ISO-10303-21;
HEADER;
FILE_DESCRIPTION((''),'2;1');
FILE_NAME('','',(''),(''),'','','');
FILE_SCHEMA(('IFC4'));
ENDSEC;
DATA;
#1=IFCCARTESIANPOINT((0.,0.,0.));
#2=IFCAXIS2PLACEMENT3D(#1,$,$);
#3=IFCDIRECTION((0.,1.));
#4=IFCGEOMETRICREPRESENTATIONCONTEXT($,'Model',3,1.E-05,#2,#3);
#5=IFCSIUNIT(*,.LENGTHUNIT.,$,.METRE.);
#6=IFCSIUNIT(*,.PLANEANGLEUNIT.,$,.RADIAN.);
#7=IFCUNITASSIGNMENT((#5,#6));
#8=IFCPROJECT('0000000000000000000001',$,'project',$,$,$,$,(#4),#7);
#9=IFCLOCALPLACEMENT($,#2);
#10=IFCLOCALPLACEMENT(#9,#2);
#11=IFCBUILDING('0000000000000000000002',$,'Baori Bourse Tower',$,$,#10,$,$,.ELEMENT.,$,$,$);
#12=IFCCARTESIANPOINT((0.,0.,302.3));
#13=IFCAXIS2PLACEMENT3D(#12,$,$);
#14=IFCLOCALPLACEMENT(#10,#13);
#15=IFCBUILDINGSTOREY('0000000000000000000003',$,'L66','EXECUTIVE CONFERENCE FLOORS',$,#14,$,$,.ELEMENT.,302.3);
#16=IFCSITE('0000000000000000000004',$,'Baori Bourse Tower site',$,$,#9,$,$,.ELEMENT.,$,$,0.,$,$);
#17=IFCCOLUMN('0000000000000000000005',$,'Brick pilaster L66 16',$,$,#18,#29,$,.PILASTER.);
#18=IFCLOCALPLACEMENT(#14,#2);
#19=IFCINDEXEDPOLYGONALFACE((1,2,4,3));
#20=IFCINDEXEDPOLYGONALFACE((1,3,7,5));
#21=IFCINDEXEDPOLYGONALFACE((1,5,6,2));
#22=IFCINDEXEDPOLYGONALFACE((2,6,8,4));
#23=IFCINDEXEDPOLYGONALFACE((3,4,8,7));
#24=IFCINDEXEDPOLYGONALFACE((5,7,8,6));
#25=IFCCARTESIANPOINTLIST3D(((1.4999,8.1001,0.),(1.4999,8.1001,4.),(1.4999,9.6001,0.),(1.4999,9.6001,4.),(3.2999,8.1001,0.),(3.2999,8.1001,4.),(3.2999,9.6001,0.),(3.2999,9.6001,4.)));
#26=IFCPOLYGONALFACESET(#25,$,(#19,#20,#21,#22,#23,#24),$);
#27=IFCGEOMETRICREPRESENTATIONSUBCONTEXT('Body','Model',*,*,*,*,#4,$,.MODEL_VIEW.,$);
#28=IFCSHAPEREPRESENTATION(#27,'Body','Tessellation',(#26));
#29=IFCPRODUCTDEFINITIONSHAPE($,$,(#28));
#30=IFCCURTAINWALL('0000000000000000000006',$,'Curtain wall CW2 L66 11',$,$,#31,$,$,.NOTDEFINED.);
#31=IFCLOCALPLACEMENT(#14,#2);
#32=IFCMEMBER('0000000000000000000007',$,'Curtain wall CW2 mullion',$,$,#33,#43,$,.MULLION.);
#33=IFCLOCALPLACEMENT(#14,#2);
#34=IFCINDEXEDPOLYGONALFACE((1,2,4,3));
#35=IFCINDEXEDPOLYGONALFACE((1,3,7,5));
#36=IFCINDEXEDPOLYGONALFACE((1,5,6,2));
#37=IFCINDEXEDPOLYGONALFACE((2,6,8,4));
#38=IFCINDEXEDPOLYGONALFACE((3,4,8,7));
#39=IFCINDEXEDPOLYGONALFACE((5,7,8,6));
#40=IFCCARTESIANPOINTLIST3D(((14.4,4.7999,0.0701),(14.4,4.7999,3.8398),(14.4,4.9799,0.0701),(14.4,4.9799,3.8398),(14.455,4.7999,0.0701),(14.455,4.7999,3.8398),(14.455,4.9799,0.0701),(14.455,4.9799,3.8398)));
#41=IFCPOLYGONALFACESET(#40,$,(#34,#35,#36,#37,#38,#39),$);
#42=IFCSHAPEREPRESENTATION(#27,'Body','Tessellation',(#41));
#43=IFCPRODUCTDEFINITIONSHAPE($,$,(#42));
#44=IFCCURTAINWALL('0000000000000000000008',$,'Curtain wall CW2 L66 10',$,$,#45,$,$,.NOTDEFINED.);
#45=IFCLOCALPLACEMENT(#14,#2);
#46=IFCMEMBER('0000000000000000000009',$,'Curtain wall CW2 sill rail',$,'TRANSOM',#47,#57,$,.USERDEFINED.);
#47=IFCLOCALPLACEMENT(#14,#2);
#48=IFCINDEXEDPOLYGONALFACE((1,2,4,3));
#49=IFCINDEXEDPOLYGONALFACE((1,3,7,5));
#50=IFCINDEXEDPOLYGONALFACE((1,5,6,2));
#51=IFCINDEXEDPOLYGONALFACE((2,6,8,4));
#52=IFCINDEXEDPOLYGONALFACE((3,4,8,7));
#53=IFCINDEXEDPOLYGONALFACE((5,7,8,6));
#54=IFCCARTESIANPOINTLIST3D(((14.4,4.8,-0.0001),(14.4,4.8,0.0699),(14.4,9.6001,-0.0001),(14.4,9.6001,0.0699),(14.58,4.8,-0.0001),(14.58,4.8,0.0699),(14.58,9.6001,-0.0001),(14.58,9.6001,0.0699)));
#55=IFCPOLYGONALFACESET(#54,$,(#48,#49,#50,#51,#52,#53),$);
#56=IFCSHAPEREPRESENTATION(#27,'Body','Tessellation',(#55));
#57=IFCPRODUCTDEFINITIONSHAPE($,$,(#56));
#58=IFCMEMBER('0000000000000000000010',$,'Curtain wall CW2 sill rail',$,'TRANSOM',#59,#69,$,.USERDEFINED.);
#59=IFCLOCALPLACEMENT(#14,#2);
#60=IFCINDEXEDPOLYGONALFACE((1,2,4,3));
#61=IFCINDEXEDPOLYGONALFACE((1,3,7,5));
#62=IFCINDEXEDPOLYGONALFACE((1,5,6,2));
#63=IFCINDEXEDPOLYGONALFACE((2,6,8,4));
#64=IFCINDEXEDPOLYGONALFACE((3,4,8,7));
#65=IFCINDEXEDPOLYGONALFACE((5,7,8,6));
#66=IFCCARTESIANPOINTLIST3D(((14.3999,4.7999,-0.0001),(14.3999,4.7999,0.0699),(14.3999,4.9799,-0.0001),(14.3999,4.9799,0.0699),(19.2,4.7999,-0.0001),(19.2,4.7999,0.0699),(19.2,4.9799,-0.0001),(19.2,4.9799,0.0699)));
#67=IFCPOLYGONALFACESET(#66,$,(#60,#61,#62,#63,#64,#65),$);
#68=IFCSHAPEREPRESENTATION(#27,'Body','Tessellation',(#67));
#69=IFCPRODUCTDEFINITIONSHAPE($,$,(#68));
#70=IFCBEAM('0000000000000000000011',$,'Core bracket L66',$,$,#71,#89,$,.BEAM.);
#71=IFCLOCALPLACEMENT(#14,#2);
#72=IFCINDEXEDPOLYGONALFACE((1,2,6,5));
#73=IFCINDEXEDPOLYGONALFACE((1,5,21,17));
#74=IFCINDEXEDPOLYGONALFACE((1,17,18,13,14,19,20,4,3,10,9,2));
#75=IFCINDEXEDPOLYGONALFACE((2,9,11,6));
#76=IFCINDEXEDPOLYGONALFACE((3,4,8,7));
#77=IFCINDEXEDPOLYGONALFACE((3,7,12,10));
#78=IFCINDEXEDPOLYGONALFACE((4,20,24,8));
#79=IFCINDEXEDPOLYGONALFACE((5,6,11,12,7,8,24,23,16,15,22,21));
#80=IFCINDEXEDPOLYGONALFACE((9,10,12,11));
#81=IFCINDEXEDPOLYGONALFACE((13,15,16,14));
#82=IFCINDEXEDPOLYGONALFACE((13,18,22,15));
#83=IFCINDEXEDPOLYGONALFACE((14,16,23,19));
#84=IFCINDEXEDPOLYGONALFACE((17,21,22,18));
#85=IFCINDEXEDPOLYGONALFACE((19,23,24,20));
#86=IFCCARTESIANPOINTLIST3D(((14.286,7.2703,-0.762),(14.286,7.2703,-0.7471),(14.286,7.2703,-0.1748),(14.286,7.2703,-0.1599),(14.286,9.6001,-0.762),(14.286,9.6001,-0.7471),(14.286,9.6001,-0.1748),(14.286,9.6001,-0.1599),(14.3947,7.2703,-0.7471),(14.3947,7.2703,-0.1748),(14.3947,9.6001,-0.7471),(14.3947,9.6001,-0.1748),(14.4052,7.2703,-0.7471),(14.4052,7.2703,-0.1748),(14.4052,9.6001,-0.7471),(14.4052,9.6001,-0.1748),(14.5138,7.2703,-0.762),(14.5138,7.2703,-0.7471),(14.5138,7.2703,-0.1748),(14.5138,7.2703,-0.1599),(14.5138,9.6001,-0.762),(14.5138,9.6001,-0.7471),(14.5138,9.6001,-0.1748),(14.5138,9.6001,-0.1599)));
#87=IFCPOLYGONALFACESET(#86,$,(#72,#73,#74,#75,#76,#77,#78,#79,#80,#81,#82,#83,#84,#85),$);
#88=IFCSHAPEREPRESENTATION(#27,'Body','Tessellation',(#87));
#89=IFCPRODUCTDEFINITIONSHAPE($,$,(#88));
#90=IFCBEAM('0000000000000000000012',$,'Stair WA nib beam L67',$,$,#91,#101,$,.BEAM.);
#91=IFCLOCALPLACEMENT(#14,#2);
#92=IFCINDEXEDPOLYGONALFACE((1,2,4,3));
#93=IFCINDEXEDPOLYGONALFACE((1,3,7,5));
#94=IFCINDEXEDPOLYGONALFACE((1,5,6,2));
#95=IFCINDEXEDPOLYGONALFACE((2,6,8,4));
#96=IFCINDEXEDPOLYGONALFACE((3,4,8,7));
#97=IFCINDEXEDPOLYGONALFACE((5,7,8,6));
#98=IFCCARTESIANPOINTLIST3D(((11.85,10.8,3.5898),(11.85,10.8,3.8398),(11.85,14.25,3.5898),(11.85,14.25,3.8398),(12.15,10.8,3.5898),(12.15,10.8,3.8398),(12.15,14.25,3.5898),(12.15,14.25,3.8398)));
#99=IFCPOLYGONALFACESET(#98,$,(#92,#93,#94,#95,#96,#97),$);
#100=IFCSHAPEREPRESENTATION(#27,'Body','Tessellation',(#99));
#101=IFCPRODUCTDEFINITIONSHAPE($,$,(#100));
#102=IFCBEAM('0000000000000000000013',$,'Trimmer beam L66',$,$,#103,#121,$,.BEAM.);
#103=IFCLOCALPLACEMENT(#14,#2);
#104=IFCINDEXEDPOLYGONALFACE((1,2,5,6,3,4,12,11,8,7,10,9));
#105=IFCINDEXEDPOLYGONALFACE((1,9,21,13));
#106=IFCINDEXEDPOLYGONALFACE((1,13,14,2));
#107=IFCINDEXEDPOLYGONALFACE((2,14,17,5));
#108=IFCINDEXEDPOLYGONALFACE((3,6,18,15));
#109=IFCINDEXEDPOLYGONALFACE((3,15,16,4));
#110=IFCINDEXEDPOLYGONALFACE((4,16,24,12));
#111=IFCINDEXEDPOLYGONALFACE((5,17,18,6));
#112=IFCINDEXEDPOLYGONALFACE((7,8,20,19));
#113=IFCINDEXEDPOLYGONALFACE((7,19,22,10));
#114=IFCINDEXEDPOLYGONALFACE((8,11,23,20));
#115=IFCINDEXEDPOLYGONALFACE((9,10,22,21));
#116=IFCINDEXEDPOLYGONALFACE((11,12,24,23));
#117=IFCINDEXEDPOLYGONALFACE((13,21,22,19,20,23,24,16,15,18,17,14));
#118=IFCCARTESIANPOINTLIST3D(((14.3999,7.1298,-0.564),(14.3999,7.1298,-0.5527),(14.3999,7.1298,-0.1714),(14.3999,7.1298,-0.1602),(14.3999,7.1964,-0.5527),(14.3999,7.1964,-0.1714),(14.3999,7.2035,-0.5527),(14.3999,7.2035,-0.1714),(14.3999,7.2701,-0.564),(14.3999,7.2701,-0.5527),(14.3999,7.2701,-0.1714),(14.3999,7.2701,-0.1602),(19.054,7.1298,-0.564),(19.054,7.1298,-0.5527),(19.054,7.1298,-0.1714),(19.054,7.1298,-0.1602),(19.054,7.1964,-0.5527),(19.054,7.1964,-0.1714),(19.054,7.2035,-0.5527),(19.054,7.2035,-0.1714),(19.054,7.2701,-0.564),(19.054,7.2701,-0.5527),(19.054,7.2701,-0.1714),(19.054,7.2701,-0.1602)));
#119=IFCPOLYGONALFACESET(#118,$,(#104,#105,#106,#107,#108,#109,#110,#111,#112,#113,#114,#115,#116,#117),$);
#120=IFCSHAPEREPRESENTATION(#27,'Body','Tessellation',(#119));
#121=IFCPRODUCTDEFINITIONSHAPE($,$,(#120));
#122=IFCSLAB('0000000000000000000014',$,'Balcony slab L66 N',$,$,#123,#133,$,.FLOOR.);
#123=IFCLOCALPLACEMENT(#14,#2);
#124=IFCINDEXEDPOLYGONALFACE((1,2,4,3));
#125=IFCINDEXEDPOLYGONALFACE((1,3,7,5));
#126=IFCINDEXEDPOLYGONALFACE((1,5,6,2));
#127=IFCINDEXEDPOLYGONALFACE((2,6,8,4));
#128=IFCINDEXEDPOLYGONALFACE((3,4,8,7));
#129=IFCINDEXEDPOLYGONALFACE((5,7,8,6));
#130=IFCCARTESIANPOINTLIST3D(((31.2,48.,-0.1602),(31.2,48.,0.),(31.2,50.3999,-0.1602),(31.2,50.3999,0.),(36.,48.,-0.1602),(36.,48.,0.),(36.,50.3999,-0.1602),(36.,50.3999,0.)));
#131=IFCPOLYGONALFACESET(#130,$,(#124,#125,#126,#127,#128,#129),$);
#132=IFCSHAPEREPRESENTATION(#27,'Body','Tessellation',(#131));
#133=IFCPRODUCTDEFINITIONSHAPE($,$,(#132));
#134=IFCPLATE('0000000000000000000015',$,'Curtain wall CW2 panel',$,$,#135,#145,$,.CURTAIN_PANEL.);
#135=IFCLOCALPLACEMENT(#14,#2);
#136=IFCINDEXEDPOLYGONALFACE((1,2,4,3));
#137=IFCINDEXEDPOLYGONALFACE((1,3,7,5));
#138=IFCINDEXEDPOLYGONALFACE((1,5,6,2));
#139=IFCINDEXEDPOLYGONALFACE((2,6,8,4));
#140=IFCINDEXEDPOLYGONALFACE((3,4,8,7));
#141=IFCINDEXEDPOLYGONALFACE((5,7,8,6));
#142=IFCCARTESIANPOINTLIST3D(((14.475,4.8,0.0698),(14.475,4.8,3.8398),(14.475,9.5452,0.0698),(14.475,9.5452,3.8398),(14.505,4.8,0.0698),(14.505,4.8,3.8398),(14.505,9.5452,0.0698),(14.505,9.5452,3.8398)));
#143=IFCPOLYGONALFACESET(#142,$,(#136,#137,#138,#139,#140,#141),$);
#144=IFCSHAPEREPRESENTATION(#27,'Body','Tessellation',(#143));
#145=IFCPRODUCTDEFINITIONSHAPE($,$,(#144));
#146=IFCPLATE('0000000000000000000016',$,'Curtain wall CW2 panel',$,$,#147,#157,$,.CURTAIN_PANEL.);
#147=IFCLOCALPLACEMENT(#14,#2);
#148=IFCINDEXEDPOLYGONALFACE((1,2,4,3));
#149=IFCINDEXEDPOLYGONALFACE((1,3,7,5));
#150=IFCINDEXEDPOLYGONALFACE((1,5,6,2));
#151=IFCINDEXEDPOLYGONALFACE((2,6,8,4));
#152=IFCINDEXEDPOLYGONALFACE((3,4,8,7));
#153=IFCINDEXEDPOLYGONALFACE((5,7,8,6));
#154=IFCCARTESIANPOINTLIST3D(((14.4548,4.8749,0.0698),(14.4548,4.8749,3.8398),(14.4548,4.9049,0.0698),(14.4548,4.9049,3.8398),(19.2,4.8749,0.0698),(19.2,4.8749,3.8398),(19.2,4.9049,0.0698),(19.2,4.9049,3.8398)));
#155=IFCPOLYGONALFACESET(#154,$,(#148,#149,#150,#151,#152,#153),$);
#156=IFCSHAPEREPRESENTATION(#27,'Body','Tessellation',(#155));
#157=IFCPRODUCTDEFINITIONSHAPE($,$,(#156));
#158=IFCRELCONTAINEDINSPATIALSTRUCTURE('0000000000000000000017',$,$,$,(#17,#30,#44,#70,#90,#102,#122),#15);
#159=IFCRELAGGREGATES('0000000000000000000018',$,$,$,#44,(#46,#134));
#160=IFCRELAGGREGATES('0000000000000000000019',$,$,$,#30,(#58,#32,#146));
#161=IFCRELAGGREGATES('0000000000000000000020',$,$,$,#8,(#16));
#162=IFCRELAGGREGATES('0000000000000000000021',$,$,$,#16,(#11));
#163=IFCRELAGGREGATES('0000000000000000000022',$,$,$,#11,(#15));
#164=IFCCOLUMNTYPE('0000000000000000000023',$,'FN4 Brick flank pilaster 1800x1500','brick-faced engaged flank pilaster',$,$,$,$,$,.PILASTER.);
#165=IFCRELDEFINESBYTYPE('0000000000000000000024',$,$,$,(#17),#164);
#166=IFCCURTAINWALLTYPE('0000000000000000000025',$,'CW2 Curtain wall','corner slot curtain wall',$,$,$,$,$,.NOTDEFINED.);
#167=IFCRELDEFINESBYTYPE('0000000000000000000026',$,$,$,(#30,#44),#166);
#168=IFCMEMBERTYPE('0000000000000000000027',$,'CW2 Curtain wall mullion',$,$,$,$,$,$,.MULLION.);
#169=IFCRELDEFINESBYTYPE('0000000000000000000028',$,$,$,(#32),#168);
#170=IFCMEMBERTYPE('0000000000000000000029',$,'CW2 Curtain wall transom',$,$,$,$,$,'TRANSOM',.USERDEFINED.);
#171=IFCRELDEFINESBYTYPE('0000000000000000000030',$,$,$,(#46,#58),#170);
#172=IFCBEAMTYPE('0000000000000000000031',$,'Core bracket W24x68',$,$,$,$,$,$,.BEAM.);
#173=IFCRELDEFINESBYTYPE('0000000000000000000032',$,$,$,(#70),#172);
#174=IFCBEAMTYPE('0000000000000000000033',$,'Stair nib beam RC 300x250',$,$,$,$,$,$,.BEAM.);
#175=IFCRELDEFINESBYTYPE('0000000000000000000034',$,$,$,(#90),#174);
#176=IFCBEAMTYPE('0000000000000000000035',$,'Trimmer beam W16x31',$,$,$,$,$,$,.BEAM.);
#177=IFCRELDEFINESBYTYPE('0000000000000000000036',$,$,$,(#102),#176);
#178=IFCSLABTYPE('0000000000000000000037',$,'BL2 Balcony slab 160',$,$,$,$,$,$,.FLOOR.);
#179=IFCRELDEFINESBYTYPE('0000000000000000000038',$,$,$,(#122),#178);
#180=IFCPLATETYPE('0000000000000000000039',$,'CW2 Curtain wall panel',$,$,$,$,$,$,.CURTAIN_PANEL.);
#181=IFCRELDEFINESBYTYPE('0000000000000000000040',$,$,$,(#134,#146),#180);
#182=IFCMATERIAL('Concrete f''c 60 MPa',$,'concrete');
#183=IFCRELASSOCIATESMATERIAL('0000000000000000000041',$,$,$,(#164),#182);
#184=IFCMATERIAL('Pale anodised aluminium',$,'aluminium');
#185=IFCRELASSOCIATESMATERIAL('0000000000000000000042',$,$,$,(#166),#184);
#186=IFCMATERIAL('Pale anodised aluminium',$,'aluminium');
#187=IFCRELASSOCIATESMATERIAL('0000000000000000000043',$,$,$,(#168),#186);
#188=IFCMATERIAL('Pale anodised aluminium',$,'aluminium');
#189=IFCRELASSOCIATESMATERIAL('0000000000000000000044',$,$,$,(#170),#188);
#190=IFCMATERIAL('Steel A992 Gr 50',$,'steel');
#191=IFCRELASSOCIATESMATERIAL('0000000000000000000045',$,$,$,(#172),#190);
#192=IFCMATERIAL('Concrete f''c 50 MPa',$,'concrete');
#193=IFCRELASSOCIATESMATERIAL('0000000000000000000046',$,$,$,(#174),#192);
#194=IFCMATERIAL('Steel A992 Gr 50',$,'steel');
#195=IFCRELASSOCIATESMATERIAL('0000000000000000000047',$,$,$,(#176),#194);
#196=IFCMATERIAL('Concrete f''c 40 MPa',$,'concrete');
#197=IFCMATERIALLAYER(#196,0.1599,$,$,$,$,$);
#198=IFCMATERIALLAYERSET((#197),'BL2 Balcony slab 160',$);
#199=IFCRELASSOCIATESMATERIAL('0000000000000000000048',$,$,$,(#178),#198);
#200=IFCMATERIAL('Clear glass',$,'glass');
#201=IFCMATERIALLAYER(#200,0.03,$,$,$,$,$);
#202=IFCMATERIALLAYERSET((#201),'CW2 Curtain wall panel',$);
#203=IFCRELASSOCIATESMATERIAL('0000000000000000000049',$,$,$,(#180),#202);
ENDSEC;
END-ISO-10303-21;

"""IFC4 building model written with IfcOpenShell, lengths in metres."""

from ifc_helpers import new_model, si_unit, direction, frame, origin, origin_2d, place, context, subcontext, project, spatial, polyline, rectangle, i_section, outline, extrude, material, layer, layer_set, material_profile, profile_set, type_object, element, aggregate, save


model = new_model("IFC4")

# Units and contexts
model_context = context("Model", 3, precision=1e-05, world=origin(), true_north=direction((0.0, 1.0)))
body_context = subcontext(model_context, "Body", "Model", "MODEL_VIEW")
ifc_project = project(units=[si_unit("LENGTHUNIT", "METRE"), si_unit("PLANEANGLEUNIT", "RADIAN")], contexts=[model_context])

# Site, building, storey
site_placement = place(None, origin())
site = spatial("IfcSite", under=ifc_project, at=site_placement, Name="Baori Bourse Tower site", CompositionType="ELEMENT", RefElevation=0.0)
building_placement = place(site_placement, origin())
building = spatial("IfcBuilding", under=site, at=building_placement, Name="Baori Bourse Tower", CompositionType="ELEMENT")
storey_placement = place(building_placement, frame((0.0, 0.0, 302.3)))
storey = spatial("IfcBuildingStorey", under=building, at=storey_placement, Name="L66", Description="EXECUTIVE CONFERENCE FLOORS", CompositionType="ELEMENT", Elevation=302.3)

# Column
ifc_material_1 = material(Name="Concrete f'c 60 MPa", Category="concrete")
ifc_material_profile_1 = material_profile(ifc_material_1, rectangle(XDim=1.8, YDim=1.5, at=origin_2d()), Name="RC 1800x1500")
ifc_profile_set_1 = profile_set([ifc_material_profile_1], Name="Concrete f'c 60 MPa")
column_type = type_object("IfcColumnType", Name="FN4 Brick flank pilaster 1800x1500", Description="brick-faced engaged flank pilaster", PredefinedType="PILASTER", material=ifc_profile_set_1)
column_placement = place(storey_placement, frame((2.3999, 8.8501, 0.0), z_axis=(0.0, 0.0, 1.0), x_axis=(1.0, 0.0, 0.0)))
element("IfcColumn", 1, at=column_placement, inside=storey, type_object=column_type, Name="Brick pilaster L66 16", PredefinedType="PILASTER", context=body_context, shape_type="SweptSolid", body=[
    extrude(rectangle(XDim=1.8, YDim=1.5, at=origin_2d()), origin(), (0.0, 0.0, 1.0), 4.0),
])

# Curtain walls, members
ifc_material_2 = material(Name="Pale anodised aluminium", Category="aluminium")
curtain_wall_type = type_object("IfcCurtainWallType", Name="CW2 Curtain wall", Description="corner slot curtain wall", PredefinedType="NOTDEFINED", material=ifc_material_2)
curtain_wall_1_placement = place(storey_placement, origin())
curtain_wall_1 = element("IfcCurtainWall", 2, at=curtain_wall_1_placement, inside=storey, type_object=curtain_wall_type, Name="Curtain wall CW2 L66 11", PredefinedType="NOTDEFINED")
ifc_material_3 = material(Name="Pale anodised aluminium", Category="aluminium")
ifc_material_profile_2 = material_profile(ifc_material_3, rectangle(XDim=0.1799, YDim=0.0549, at=origin_2d()), Name="Mullion 55x180")
ifc_profile_set_2 = profile_set([ifc_material_profile_2], Name="Pale anodised aluminium")
member_type_1 = type_object("IfcMemberType", Name="CW2 Curtain wall mullion", PredefinedType="MULLION", material=ifc_profile_set_2)
member_1_placement = place(storey_placement, frame((14.4275, 4.8899, 0.0701), z_axis=(0.0, 0.0, 1.0), x_axis=(0.0, 1.0, 0.0)))
member_1 = element("IfcMember", 3, at=member_1_placement, type_object=member_type_1, Name="Curtain wall CW2 mullion", PredefinedType="MULLION", context=body_context, shape_type="SweptSolid", body=[
    extrude(rectangle(XDim=0.1799, YDim=0.0549, at=origin_2d()), origin(), (0.0, 0.0, 1.0), 3.7698),
])
curtain_wall_2_placement = place(storey_placement, origin())
curtain_wall_2 = element("IfcCurtainWall", 4, at=curtain_wall_2_placement, inside=storey, type_object=curtain_wall_type, Name="Curtain wall CW2 L66 10", PredefinedType="NOTDEFINED")
ifc_material_4 = material(Name="Pale anodised aluminium", Category="aluminium")
ifc_material_profile_3 = material_profile(ifc_material_4, rectangle(XDim=0.1799, YDim=0.0701, at=origin_2d()), Name="Transom 70x180")
ifc_profile_set_3 = profile_set([ifc_material_profile_3], Name="Pale anodised aluminium")
member_type_2 = type_object("IfcMemberType", Name="CW2 Curtain wall transom", ElementType="TRANSOM", PredefinedType="USERDEFINED", material=ifc_profile_set_3)
member_2_placement = place(storey_placement, frame((14.49, 9.6001, 0.0349), z_axis=(0.0, -1.0, 0.0), x_axis=(1.0, 0.0, 0.0)))
member_2 = element("IfcMember", 5, at=member_2_placement, type_object=member_type_2, Name="Curtain wall CW2 sill rail", ObjectType="TRANSOM", PredefinedType="USERDEFINED", context=body_context, shape_type="SweptSolid", body=[
    extrude(rectangle(XDim=0.1799, YDim=0.0701, at=origin_2d()), origin(), (0.0, 0.0, 1.0), 4.8),
])

# Member
member_3_placement = place(storey_placement, frame((14.3999, 4.8899, 0.0349), z_axis=(1.0, 0.0, 0.0), x_axis=(0.0, 1.0, 0.0)))
member_3 = element("IfcMember", 6, at=member_3_placement, type_object=member_type_2, Name="Curtain wall CW2 sill rail", ObjectType="TRANSOM", PredefinedType="USERDEFINED", context=body_context, shape_type="SweptSolid", body=[
    extrude(rectangle(XDim=0.1799, YDim=0.0701, at=origin_2d()), origin(), (0.0, 0.0, 1.0), 4.8),
])

# Beams
ifc_material_5 = material(Name="Steel A992 Gr 50", Category="steel")
ifc_material_profile_4 = material_profile(ifc_material_5, i_section(OverallWidth=0.2278, OverallDepth=0.6021, WebThickness=0.0105, FlangeThickness=0.0149, at=origin_2d()), Name="W24x68")
ifc_profile_set_4 = profile_set([ifc_material_profile_4], Name="Steel A992 Gr 50")
beam_type_1 = type_object("IfcBeamType", Name="Core bracket W24x68", PredefinedType="BEAM", material=ifc_profile_set_4)
beam_1_placement = place(storey_placement, frame((14.3999, 7.2703, -0.4609), z_axis=(0.0, 1.0, 0.0), x_axis=(-1.0, 0.0, 0.0)))
element("IfcBeam", 7, at=beam_1_placement, inside=storey, type_object=beam_type_1, Name="Core bracket L66", PredefinedType="BEAM", context=body_context, shape_type="SweptSolid", body=[
    extrude(i_section(OverallWidth=0.2278, OverallDepth=0.6021, WebThickness=0.0105, FlangeThickness=0.0149, at=origin_2d()), origin(), (0.0, 0.0, 1.0), 2.3298),
])
ifc_material_6 = material(Name="Concrete f'c 50 MPa", Category="concrete")
ifc_material_profile_5 = material_profile(ifc_material_6, rectangle(XDim=0.3, YDim=0.25, at=origin_2d()), Name="RC 300x250")
ifc_profile_set_5 = profile_set([ifc_material_profile_5], Name="Concrete f'c 50 MPa")
beam_type_2 = type_object("IfcBeamType", Name="Stair nib beam RC 300x250", PredefinedType="BEAM", material=ifc_profile_set_5)
beam_2_placement = place(storey_placement, frame((12.0, 10.8, 3.7148), z_axis=(0.0, 1.0, 0.0), x_axis=(-1.0, 0.0, 0.0)))
element("IfcBeam", 8, at=beam_2_placement, inside=storey, type_object=beam_type_2, Name="Stair WA nib beam L67", PredefinedType="BEAM", context=body_context, shape_type="SweptSolid", body=[
    extrude(rectangle(XDim=0.3, YDim=0.25, at=origin_2d()), origin(), (0.0, 0.0, 1.0), 3.45),
])
ifc_material_7 = material(Name="Steel A992 Gr 50", Category="steel")
ifc_material_profile_6 = material_profile(ifc_material_7, i_section(OverallWidth=0.1404, OverallDepth=0.4038, WebThickness=0.0071, FlangeThickness=0.0112, at=origin_2d()), Name="W16x31")
ifc_profile_set_6 = profile_set([ifc_material_profile_6], Name="Steel A992 Gr 50")
beam_type_3 = type_object("IfcBeamType", Name="Trimmer beam W16x31", PredefinedType="BEAM", material=ifc_profile_set_6)
beam_3_placement = place(storey_placement, frame((14.3999, 7.2, -0.3621), z_axis=(1.0, 0.0, 0.0), x_axis=(0.0, 1.0, 0.0)))
element("IfcBeam", 9, at=beam_3_placement, inside=storey, type_object=beam_type_3, Name="Trimmer beam L66", PredefinedType="BEAM", context=body_context, shape_type="SweptSolid", body=[
    extrude(i_section(OverallWidth=0.1404, OverallDepth=0.4038, WebThickness=0.0071, FlangeThickness=0.0112, at=origin_2d()), origin(), (0.0, 0.0, 1.0), 4.6541),
])

# Slab
ifc_material_8 = material(Name="Concrete f'c 40 MPa", Category="concrete")
ifc_layer_1 = layer(ifc_material_8, 0.1599)
ifc_layer_set_1 = layer_set([ifc_layer_1], Name="BL2 Balcony slab 160")
slab_type = type_object("IfcSlabType", Name="BL2 Balcony slab 160", PredefinedType="FLOOR", material=ifc_layer_set_1)
slab_placement = place(storey_placement, frame((0.0, 0.0, -0.1602)))
element("IfcSlab", 10, at=slab_placement, inside=storey, type_object=slab_type, Name="Balcony slab L66 N", PredefinedType="FLOOR", context=body_context, shape_type="SweptSolid", body=[
    extrude(outline(polyline([(31.2, 48.0), (36.0, 48.0), (36.0, 50.3999), (31.2, 50.3999), (31.2, 48.0)])), origin(), (0.0, 0.0, 1.0), 0.1602),
])

# Plates
ifc_material_9 = material(Name="Clear glass", Category="glass")
ifc_layer_2 = layer(ifc_material_9, 0.03)
ifc_layer_set_2 = layer_set([ifc_layer_2], Name="CW2 Curtain wall panel")
plate_type = type_object("IfcPlateType", Name="CW2 Curtain wall panel", PredefinedType="CURTAIN_PANEL", material=ifc_layer_set_2)
plate_1_placement = place(storey_placement, frame((14.49, 7.1726, 0.0698), z_axis=(0.0, 0.0, 1.0), x_axis=(0.0, -1.0, 0.0)))
plate_1 = element("IfcPlate", 11, at=plate_1_placement, type_object=plate_type, Name="Curtain wall CW2 panel", PredefinedType="CURTAIN_PANEL", context=body_context, shape_type="SweptSolid", body=[
    extrude(rectangle(XDim=4.7451, YDim=0.03, at=origin_2d()), origin(), (0.0, 0.0, 1.0), 3.77),
])
aggregate(curtain_wall_2, [member_2, plate_1])
plate_2_placement = place(storey_placement, frame((16.8274, 4.8899, 0.0698), z_axis=(0.0, 0.0, 1.0), x_axis=(1.0, 0.0, 0.0)))
plate_2 = element("IfcPlate", 12, at=plate_2_placement, type_object=plate_type, Name="Curtain wall CW2 panel", PredefinedType="CURTAIN_PANEL", context=body_context, shape_type="SweptSolid", body=[
    extrude(rectangle(XDim=4.7451, YDim=0.03, at=origin_2d()), origin(), (0.0, 0.0, 1.0), 3.77),
])
aggregate(curtain_wall_1, [member_3, member_1, plate_2])

save(model, "model.ifc")
